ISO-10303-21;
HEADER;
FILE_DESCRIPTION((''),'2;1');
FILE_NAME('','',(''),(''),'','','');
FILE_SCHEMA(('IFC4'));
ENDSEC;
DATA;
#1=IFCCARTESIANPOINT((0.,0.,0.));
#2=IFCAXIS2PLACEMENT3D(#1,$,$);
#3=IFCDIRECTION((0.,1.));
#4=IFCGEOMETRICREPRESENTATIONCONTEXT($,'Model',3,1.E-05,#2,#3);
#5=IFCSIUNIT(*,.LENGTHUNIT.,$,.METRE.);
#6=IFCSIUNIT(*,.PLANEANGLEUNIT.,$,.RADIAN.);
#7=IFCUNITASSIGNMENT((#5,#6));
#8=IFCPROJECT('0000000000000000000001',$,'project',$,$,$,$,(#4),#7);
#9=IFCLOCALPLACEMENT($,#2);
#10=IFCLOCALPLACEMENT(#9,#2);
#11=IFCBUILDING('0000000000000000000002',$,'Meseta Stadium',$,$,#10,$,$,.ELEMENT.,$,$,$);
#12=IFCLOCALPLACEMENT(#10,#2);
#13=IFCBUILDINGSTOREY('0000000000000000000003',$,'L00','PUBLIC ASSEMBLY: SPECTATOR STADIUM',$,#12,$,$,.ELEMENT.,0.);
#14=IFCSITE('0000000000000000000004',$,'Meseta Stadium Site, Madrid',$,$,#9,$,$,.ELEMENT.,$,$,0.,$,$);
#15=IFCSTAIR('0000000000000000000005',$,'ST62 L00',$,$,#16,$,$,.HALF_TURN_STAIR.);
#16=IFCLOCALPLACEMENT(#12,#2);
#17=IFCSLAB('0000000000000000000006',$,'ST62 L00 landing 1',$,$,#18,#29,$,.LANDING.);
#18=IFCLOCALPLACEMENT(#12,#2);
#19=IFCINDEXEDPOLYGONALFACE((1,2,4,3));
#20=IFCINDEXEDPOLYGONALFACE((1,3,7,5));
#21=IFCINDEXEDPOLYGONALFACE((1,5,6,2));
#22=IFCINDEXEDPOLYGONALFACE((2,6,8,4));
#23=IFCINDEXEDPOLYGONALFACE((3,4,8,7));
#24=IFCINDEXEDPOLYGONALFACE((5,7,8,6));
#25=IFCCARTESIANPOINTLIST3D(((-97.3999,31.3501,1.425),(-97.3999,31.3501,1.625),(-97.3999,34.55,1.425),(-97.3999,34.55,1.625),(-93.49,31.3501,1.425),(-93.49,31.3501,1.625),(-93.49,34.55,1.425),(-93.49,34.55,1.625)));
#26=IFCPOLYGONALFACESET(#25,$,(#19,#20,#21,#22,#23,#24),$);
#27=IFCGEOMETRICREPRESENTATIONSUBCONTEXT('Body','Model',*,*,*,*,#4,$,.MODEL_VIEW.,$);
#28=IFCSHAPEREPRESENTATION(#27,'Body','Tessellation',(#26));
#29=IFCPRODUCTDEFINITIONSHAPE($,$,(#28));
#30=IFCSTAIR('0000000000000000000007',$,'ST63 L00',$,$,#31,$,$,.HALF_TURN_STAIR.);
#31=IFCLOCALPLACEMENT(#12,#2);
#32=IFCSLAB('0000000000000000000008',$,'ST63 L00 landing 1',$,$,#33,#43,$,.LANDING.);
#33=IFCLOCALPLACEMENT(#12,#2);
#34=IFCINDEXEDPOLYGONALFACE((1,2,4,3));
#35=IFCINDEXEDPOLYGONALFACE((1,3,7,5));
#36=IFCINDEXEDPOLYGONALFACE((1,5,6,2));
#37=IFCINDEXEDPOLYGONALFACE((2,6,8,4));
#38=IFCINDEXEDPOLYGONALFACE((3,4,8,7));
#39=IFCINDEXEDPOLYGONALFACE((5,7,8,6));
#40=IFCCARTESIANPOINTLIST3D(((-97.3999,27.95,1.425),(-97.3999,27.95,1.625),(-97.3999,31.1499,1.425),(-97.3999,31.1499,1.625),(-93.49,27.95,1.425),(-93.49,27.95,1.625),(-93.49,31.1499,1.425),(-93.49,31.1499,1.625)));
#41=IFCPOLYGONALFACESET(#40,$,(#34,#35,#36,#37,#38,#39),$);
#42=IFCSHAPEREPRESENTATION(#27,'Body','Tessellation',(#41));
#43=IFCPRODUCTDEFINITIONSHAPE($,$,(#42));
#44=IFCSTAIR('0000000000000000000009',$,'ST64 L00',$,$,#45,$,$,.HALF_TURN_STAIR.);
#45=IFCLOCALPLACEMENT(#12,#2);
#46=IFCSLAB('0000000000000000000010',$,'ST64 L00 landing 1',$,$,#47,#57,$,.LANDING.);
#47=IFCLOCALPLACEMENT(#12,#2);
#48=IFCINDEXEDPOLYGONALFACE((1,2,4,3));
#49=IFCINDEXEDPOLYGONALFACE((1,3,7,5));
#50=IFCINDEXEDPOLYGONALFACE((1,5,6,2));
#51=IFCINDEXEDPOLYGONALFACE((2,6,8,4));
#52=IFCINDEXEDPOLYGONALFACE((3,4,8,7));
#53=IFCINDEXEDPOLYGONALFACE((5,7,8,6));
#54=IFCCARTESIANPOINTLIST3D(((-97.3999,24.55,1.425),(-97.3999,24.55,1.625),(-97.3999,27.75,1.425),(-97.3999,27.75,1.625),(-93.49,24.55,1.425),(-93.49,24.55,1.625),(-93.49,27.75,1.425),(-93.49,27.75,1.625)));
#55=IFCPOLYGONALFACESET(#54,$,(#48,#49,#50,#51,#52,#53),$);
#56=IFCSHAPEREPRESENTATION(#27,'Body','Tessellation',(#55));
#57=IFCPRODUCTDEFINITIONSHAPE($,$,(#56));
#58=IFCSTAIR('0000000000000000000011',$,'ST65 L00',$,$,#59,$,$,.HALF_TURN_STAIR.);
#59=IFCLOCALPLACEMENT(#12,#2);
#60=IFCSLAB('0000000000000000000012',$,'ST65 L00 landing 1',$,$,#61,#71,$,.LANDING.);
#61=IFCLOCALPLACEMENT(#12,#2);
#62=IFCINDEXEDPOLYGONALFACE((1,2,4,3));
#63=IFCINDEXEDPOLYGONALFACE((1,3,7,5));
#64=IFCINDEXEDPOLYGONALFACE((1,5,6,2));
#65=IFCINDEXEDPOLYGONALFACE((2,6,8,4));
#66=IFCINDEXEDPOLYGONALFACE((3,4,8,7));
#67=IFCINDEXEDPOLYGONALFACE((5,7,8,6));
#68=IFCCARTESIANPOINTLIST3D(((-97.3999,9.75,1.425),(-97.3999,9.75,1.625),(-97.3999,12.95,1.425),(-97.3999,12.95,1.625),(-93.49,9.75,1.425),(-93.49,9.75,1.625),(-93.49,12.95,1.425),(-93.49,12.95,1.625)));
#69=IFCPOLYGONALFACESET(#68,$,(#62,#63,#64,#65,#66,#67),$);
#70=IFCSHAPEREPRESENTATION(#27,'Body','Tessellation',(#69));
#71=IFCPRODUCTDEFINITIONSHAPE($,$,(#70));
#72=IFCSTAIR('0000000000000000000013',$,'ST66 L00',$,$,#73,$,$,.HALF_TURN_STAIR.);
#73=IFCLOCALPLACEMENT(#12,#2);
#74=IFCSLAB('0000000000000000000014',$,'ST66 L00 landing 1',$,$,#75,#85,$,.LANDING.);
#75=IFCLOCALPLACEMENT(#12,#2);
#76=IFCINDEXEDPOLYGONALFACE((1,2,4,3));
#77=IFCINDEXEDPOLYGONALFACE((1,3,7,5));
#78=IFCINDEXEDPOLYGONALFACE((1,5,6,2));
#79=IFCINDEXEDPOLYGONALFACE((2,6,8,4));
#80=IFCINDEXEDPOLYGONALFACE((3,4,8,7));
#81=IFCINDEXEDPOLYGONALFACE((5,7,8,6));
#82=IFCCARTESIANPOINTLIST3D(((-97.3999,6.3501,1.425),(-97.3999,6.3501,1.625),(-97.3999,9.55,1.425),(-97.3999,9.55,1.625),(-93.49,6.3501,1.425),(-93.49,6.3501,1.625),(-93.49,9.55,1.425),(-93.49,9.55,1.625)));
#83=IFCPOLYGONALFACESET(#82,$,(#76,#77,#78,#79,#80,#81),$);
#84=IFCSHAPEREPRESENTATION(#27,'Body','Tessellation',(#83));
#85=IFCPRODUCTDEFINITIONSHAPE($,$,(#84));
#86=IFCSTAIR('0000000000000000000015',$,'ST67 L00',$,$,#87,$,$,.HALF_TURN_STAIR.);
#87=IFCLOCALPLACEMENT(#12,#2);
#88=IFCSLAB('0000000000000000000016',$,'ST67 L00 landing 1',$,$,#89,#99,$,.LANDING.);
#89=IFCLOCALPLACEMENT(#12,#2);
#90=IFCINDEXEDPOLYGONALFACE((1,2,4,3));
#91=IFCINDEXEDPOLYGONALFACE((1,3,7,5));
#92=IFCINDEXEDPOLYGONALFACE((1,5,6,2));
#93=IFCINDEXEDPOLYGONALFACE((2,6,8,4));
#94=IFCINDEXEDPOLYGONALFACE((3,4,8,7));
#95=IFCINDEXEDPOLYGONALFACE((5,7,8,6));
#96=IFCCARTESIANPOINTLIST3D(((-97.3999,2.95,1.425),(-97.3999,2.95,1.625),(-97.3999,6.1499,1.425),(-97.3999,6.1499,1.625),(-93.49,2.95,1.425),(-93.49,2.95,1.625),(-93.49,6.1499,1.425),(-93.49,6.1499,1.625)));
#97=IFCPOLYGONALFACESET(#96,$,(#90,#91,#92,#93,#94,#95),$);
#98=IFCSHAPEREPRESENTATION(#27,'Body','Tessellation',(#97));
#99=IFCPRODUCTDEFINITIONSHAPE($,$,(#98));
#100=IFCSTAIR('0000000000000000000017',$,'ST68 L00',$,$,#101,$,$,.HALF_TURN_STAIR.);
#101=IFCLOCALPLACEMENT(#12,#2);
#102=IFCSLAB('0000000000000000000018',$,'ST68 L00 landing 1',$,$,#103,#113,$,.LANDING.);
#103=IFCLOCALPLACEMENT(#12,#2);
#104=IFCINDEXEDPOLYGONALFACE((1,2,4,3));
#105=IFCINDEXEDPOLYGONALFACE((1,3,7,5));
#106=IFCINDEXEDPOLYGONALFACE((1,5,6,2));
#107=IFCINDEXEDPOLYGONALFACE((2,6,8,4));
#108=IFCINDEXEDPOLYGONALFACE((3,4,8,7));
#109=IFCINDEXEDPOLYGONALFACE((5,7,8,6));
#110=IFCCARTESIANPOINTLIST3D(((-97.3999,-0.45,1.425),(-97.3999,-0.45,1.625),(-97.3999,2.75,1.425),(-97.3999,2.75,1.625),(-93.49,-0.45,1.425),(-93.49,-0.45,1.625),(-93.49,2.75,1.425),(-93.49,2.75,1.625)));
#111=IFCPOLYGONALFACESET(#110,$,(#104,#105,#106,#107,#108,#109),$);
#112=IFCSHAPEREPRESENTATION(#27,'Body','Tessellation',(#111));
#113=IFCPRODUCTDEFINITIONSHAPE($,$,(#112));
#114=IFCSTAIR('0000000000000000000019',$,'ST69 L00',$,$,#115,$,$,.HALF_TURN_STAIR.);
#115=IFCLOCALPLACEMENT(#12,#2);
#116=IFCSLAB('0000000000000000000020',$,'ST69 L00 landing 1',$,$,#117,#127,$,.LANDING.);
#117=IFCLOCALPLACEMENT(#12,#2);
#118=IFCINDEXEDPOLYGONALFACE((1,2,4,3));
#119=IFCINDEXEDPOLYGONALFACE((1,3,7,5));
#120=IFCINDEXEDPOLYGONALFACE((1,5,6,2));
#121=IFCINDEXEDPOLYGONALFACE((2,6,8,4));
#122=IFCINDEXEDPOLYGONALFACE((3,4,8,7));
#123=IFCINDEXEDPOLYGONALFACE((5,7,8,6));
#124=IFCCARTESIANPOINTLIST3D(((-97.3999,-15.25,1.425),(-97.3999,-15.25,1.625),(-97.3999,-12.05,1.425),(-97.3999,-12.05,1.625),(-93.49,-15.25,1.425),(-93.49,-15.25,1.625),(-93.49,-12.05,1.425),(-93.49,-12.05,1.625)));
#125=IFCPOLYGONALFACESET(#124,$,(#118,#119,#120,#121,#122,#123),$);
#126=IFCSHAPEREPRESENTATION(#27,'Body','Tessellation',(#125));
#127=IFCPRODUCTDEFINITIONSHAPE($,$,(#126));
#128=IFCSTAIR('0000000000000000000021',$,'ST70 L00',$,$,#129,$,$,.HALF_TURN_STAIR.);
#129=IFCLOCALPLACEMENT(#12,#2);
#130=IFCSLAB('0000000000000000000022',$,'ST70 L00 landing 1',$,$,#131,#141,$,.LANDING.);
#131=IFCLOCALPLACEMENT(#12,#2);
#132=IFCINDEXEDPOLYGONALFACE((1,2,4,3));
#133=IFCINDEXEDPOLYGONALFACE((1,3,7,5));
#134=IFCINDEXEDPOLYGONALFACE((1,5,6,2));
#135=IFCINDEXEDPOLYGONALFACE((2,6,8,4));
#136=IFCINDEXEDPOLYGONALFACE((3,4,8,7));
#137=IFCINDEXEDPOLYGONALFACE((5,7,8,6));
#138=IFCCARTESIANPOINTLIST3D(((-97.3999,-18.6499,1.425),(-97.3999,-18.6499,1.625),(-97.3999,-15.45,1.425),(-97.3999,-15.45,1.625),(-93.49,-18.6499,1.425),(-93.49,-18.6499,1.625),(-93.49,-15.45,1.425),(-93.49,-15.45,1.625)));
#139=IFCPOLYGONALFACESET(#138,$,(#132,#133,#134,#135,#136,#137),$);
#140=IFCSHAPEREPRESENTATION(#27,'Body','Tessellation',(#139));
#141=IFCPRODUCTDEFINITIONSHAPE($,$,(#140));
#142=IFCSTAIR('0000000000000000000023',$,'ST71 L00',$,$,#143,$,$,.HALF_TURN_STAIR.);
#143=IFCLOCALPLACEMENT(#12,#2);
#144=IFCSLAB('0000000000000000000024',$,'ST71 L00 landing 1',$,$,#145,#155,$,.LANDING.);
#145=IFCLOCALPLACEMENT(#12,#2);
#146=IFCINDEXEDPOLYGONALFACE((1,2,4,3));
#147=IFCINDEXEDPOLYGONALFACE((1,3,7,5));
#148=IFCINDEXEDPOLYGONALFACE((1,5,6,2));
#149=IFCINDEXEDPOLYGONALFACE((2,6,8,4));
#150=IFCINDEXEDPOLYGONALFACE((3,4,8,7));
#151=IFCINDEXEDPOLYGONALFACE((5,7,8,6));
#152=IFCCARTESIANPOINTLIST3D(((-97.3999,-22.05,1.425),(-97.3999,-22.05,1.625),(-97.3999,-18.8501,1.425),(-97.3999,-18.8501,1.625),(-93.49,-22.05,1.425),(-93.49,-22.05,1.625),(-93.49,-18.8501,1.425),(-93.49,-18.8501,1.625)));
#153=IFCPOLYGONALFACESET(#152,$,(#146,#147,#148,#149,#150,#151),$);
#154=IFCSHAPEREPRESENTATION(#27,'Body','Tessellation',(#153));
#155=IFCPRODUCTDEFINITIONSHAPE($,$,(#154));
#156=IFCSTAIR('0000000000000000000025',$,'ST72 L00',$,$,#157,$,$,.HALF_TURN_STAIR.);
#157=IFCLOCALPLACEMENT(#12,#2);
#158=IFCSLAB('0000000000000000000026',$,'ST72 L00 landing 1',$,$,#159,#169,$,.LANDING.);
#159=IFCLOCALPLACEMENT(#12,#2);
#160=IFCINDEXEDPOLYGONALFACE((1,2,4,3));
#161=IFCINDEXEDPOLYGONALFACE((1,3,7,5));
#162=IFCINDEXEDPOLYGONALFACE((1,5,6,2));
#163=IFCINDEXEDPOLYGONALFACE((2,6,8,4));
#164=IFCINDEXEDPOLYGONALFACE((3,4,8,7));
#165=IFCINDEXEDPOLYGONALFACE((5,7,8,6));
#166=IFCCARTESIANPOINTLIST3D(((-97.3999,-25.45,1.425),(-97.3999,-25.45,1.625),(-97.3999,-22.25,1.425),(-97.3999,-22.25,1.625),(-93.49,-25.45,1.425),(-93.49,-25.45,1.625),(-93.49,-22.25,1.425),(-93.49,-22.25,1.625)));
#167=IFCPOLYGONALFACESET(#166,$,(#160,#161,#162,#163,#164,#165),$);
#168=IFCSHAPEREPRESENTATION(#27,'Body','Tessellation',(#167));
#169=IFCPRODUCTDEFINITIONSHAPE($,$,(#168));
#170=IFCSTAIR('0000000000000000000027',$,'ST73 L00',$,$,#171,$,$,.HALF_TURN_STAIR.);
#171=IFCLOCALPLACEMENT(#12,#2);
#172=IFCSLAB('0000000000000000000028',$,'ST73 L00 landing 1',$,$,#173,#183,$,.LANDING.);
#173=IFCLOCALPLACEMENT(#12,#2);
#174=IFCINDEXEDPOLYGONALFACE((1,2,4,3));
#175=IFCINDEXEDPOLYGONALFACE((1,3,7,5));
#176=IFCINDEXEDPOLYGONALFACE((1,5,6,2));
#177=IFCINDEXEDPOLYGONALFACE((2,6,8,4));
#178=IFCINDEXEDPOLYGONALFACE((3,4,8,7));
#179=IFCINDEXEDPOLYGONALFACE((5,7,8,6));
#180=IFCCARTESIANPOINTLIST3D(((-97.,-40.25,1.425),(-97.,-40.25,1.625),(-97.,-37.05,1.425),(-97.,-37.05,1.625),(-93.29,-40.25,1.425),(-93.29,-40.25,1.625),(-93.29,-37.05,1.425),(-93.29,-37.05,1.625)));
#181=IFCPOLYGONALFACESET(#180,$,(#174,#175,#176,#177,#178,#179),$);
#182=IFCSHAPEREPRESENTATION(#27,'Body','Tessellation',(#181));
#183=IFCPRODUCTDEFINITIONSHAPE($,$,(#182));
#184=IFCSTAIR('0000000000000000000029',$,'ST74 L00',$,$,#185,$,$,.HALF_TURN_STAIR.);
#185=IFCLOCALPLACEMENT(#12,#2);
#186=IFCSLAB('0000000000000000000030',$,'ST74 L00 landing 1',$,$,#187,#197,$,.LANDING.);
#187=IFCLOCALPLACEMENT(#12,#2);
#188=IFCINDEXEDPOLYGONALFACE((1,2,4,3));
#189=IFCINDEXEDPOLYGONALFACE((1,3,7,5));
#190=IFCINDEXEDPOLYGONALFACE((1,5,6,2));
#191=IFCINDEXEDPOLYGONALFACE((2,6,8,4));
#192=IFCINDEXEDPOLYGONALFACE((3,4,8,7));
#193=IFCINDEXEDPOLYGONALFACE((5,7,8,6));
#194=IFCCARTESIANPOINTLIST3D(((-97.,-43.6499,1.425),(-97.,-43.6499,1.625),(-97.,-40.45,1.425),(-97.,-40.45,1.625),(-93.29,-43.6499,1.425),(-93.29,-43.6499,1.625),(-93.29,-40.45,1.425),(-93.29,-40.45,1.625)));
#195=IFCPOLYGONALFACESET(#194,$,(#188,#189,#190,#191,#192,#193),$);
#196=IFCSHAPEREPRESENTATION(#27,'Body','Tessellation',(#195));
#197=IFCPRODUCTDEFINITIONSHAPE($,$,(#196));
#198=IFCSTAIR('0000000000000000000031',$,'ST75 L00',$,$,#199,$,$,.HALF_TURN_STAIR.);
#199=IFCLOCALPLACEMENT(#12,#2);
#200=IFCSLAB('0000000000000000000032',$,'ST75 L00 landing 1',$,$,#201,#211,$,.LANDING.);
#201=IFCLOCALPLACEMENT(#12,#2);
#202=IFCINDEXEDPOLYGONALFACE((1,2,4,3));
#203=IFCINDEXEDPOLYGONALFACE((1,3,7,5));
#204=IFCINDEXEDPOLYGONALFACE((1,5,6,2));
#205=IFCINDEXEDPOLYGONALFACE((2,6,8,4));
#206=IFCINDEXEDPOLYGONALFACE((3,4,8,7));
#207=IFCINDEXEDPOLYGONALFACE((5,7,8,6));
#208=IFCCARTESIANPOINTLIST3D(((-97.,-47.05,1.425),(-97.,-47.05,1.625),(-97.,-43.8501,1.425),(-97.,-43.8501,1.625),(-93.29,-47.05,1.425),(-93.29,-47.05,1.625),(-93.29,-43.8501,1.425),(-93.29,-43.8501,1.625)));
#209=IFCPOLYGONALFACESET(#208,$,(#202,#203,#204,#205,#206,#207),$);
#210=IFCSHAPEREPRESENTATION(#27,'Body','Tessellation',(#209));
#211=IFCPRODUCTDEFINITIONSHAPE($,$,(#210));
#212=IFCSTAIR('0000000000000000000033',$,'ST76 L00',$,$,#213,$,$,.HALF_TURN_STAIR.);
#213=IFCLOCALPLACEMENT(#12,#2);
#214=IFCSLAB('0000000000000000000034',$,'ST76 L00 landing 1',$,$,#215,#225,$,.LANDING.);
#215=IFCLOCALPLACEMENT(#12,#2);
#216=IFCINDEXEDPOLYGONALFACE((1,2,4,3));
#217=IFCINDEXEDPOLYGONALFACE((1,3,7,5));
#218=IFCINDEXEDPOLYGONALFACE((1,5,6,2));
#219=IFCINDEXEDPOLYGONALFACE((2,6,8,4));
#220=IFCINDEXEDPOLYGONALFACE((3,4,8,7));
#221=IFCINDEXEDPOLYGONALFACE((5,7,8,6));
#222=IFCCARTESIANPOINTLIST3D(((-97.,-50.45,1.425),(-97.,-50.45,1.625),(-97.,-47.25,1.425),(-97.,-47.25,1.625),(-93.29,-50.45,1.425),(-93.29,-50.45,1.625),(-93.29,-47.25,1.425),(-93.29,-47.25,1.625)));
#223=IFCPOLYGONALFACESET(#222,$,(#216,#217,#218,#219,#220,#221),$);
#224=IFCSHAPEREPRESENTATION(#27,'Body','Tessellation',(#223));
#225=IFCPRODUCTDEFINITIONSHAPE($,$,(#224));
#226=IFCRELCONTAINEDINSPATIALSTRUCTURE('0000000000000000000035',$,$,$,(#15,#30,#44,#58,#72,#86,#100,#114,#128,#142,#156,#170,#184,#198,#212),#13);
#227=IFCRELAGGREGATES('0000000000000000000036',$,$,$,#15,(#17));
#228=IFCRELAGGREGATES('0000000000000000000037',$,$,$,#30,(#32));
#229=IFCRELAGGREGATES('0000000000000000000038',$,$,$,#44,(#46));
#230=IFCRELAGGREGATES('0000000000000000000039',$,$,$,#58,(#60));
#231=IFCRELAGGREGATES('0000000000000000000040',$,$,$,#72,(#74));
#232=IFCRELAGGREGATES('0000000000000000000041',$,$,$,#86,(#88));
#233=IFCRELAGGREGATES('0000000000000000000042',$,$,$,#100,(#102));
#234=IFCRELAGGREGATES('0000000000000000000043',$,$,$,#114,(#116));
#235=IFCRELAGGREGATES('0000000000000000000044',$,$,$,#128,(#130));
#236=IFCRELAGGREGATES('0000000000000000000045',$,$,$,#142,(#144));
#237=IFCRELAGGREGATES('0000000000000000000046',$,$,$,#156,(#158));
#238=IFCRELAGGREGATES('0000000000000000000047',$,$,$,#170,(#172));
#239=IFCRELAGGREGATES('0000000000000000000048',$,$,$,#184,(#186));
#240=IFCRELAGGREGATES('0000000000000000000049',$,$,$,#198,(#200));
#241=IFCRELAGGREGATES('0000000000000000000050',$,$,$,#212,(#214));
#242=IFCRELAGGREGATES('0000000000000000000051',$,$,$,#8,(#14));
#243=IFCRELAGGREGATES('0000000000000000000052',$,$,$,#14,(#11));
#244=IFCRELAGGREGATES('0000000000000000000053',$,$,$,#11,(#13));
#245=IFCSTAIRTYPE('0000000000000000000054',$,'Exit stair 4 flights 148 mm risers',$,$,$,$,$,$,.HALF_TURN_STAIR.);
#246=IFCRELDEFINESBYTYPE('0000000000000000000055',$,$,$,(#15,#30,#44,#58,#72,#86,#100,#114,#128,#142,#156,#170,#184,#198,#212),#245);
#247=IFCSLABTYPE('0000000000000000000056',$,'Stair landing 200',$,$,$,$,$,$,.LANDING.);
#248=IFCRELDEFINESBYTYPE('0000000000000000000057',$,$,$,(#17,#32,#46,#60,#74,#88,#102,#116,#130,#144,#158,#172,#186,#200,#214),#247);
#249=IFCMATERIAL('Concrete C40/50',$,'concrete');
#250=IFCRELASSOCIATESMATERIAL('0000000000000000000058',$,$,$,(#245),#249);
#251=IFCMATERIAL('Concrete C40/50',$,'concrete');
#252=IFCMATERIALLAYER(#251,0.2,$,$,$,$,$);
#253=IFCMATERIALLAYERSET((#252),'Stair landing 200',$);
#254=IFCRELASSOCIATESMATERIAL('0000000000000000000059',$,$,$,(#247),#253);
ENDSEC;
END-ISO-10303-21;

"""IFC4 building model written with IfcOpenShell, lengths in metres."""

from ifc_helpers import new_model, si_unit, direction, frame, origin, place, context, subcontext, project, spatial, polyline, outline, extrude, material, layer, layer_set, type_object, element, aggregate, save


model = new_model("IFC4")

# Units and contexts
model_context = context("Model", 3, precision=1e-05, world=origin(), true_north=direction((0.0, 1.0)))
body_context = subcontext(model_context, "Body", "Model", "MODEL_VIEW")
ifc_project = project(units=[si_unit("LENGTHUNIT", "METRE"), si_unit("PLANEANGLEUNIT", "RADIAN")], contexts=[model_context])

# Site, building, storey
site_placement = place(None, origin())
site = spatial("IfcSite", under=ifc_project, at=site_placement, Name="Meseta Stadium Site, Madrid", CompositionType="ELEMENT", RefElevation=0.0)
building_placement = place(site_placement, origin())
building = spatial("IfcBuilding", under=site, at=building_placement, Name="Meseta Stadium", CompositionType="ELEMENT")
storey_placement = place(building_placement, origin())
storey = spatial("IfcBuildingStorey", under=building, at=storey_placement, Name="L00", Description="PUBLIC ASSEMBLY: SPECTATOR STADIUM", CompositionType="ELEMENT", Elevation=0.0)

# Stairs, slabs
ifc_material_1 = material(Name="Concrete C40/50", Category="concrete")
stair_type = type_object("IfcStairType", Name="Exit stair 4 flights 148 mm risers", PredefinedType="HALF_TURN_STAIR", material=ifc_material_1)
ifc_material_2 = material(Name="Concrete C40/50", Category="concrete")
ifc_layer = layer(ifc_material_2, 0.2)
ifc_layer_set = layer_set([ifc_layer], Name="Stair landing 200")
slab_type = type_object("IfcSlabType", Name="Stair landing 200", PredefinedType="LANDING", material=ifc_layer_set)
stair_1_placement = place(storey_placement, origin())
stair_1 = element("IfcStair", 1, at=stair_1_placement, inside=storey, type_object=stair_type, Name="ST62 L00", PredefinedType="HALF_TURN_STAIR")
slab_1_placement = place(storey_placement, frame((0.0, 0.0, 1.425)))
slab_1 = element("IfcSlab", 2, at=slab_1_placement, type_object=slab_type, Name="ST62 L00 landing 1", PredefinedType="LANDING", context=body_context, shape_type="SweptSolid", body=[
    extrude(outline(polyline([(-93.49, 34.55), (-97.3999, 34.55), (-97.3999, 31.3501), (-93.49, 31.3501), (-93.49, 34.55)])), origin(), (0.0, 0.0, 1.0), 0.2),
])
aggregate(stair_1, [slab_1])
stair_2_placement = place(storey_placement, origin())
stair_2 = element("IfcStair", 3, at=stair_2_placement, inside=storey, type_object=stair_type, Name="ST63 L00", PredefinedType="HALF_TURN_STAIR")
slab_2_placement = place(storey_placement, frame((0.0, 0.0, 1.425)))
slab_2 = element("IfcSlab", 4, at=slab_2_placement, type_object=slab_type, Name="ST63 L00 landing 1", PredefinedType="LANDING", context=body_context, shape_type="SweptSolid", body=[
    extrude(outline(polyline([(-93.49, 31.1499), (-97.3999, 31.1499), (-97.3999, 27.95), (-93.49, 27.95), (-93.49, 31.1499)])), origin(), (0.0, 0.0, 1.0), 0.2),
])
aggregate(stair_2, [slab_2])
stair_3_placement = place(storey_placement, origin())
stair_3 = element("IfcStair", 5, at=stair_3_placement, inside=storey, type_object=stair_type, Name="ST64 L00", PredefinedType="HALF_TURN_STAIR")
slab_3_placement = place(storey_placement, frame((0.0, 0.0, 1.425)))
slab_3 = element("IfcSlab", 6, at=slab_3_placement, type_object=slab_type, Name="ST64 L00 landing 1", PredefinedType="LANDING", context=body_context, shape_type="SweptSolid", body=[
    extrude(outline(polyline([(-93.49, 27.75), (-97.3999, 27.75), (-97.3999, 24.55), (-93.49, 24.55), (-93.49, 27.75)])), origin(), (0.0, 0.0, 1.0), 0.2),
])
aggregate(stair_3, [slab_3])
stair_4_placement = place(storey_placement, origin())
stair_4 = element("IfcStair", 7, at=stair_4_placement, inside=storey, type_object=stair_type, Name="ST65 L00", PredefinedType="HALF_TURN_STAIR")
slab_4_placement = place(storey_placement, frame((0.0, 0.0, 1.425)))
slab_4 = element("IfcSlab", 8, at=slab_4_placement, type_object=slab_type, Name="ST65 L00 landing 1", PredefinedType="LANDING", context=body_context, shape_type="SweptSolid", body=[
    extrude(outline(polyline([(-93.49, 12.95), (-97.3999, 12.95), (-97.3999, 9.75), (-93.49, 9.75), (-93.49, 12.95)])), origin(), (0.0, 0.0, 1.0), 0.2),
])
aggregate(stair_4, [slab_4])
stair_5_placement = place(storey_placement, origin())
stair_5 = element("IfcStair", 9, at=stair_5_placement, inside=storey, type_object=stair_type, Name="ST66 L00", PredefinedType="HALF_TURN_STAIR")
slab_5_placement = place(storey_placement, frame((0.0, 0.0, 1.425)))
slab_5 = element("IfcSlab", 10, at=slab_5_placement, type_object=slab_type, Name="ST66 L00 landing 1", PredefinedType="LANDING", context=body_context, shape_type="SweptSolid", body=[
    extrude(outline(polyline([(-93.49, 9.55), (-97.3999, 9.55), (-97.3999, 6.3501), (-93.49, 6.3501), (-93.49, 9.55)])), origin(), (0.0, 0.0, 1.0), 0.2),
])
aggregate(stair_5, [slab_5])
stair_6_placement = place(storey_placement, origin())
stair_6 = element("IfcStair", 11, at=stair_6_placement, inside=storey, type_object=stair_type, Name="ST67 L00", PredefinedType="HALF_TURN_STAIR")
slab_6_placement = place(storey_placement, frame((0.0, 0.0, 1.425)))
slab_6 = element("IfcSlab", 12, at=slab_6_placement, type_object=slab_type, Name="ST67 L00 landing 1", PredefinedType="LANDING", context=body_context, shape_type="SweptSolid", body=[
    extrude(outline(polyline([(-93.49, 6.1499), (-97.3999, 6.1499), (-97.3999, 2.95), (-93.49, 2.95), (-93.49, 6.1499)])), origin(), (0.0, 0.0, 1.0), 0.2),
])
aggregate(stair_6, [slab_6])
stair_7_placement = place(storey_placement, origin())
stair_7 = element("IfcStair", 13, at=stair_7_placement, inside=storey, type_object=stair_type, Name="ST68 L00", PredefinedType="HALF_TURN_STAIR")
slab_7_placement = place(storey_placement, frame((0.0, 0.0, 1.425)))
slab_7 = element("IfcSlab", 14, at=slab_7_placement, type_object=slab_type, Name="ST68 L00 landing 1", PredefinedType="LANDING", context=body_context, shape_type="SweptSolid", body=[
    extrude(outline(polyline([(-93.49, 2.75), (-97.3999, 2.75), (-97.3999, -0.45), (-93.49, -0.45), (-93.49, 2.75)])), origin(), (0.0, 0.0, 1.0), 0.2),
])
aggregate(stair_7, [slab_7])
stair_8_placement = place(storey_placement, origin())
stair_8 = element("IfcStair", 15, at=stair_8_placement, inside=storey, type_object=stair_type, Name="ST69 L00", PredefinedType="HALF_TURN_STAIR")
slab_8_placement = place(storey_placement, frame((0.0, 0.0, 1.425)))
slab_8 = element("IfcSlab", 16, at=slab_8_placement, type_object=slab_type, Name="ST69 L00 landing 1", PredefinedType="LANDING", context=body_context, shape_type="SweptSolid", body=[
    extrude(outline(polyline([(-93.49, -12.05), (-97.3999, -12.05), (-97.3999, -15.25), (-93.49, -15.25), (-93.49, -12.05)])), origin(), (0.0, 0.0, 1.0), 0.2),
])
aggregate(stair_8, [slab_8])
stair_9_placement = place(storey_placement, origin())
stair_9 = element("IfcStair", 17, at=stair_9_placement, inside=storey, type_object=stair_type, Name="ST70 L00", PredefinedType="HALF_TURN_STAIR")
slab_9_placement = place(storey_placement, frame((0.0, 0.0, 1.425)))
slab_9 = element("IfcSlab", 18, at=slab_9_placement, type_object=slab_type, Name="ST70 L00 landing 1", PredefinedType="LANDING", context=body_context, shape_type="SweptSolid", body=[
    extrude(outline(polyline([(-93.49, -15.45), (-97.3999, -15.45), (-97.3999, -18.6499), (-93.49, -18.6499), (-93.49, -15.45)])), origin(), (0.0, 0.0, 1.0), 0.2),
])
aggregate(stair_9, [slab_9])
stair_10_placement = place(storey_placement, origin())
stair_10 = element("IfcStair", 19, at=stair_10_placement, inside=storey, type_object=stair_type, Name="ST71 L00", PredefinedType="HALF_TURN_STAIR")
slab_10_placement = place(storey_placement, frame((0.0, 0.0, 1.425)))
slab_10 = element("IfcSlab", 20, at=slab_10_placement, type_object=slab_type, Name="ST71 L00 landing 1", PredefinedType="LANDING", context=body_context, shape_type="SweptSolid", body=[
    extrude(outline(polyline([(-93.49, -18.8501), (-97.3999, -18.8501), (-97.3999, -22.05), (-93.49, -22.05), (-93.49, -18.8501)])), origin(), (0.0, 0.0, 1.0), 0.2),
])
aggregate(stair_10, [slab_10])
stair_11_placement = place(storey_placement, origin())
stair_11 = element("IfcStair", 21, at=stair_11_placement, inside=storey, type_object=stair_type, Name="ST72 L00", PredefinedType="HALF_TURN_STAIR")
slab_11_placement = place(storey_placement, frame((0.0, 0.0, 1.425)))
slab_11 = element("IfcSlab", 22, at=slab_11_placement, type_object=slab_type, Name="ST72 L00 landing 1", PredefinedType="LANDING", context=body_context, shape_type="SweptSolid", body=[
    extrude(outline(polyline([(-93.49, -22.25), (-97.3999, -22.25), (-97.3999, -25.45), (-93.49, -25.45), (-93.49, -22.25)])), origin(), (0.0, 0.0, 1.0), 0.2),
])
aggregate(stair_11, [slab_11])
stair_12_placement = place(storey_placement, origin())
stair_12 = element("IfcStair", 23, at=stair_12_placement, inside=storey, type_object=stair_type, Name="ST73 L00", PredefinedType="HALF_TURN_STAIR")
slab_12_placement = place(storey_placement, frame((0.0, 0.0, 1.425)))
slab_12 = element("IfcSlab", 24, at=slab_12_placement, type_object=slab_type, Name="ST73 L00 landing 1", PredefinedType="LANDING", context=body_context, shape_type="SweptSolid", body=[
    extrude(outline(polyline([(-93.29, -37.05), (-97.0, -37.05), (-97.0, -40.25), (-93.29, -40.25), (-93.29, -37.05)])), origin(), (0.0, 0.0, 1.0), 0.2),
])
aggregate(stair_12, [slab_12])
stair_13_placement = place(storey_placement, origin())
stair_13 = element("IfcStair", 25, at=stair_13_placement, inside=storey, type_object=stair_type, Name="ST74 L00", PredefinedType="HALF_TURN_STAIR")
slab_13_placement = place(storey_placement, frame((0.0, 0.0, 1.425)))
slab_13 = element("IfcSlab", 26, at=slab_13_placement, type_object=slab_type, Name="ST74 L00 landing 1", PredefinedType="LANDING", context=body_context, shape_type="SweptSolid", body=[
    extrude(outline(polyline([(-93.29, -40.45), (-97.0, -40.45), (-97.0, -43.6499), (-93.29, -43.6499), (-93.29, -40.45)])), origin(), (0.0, 0.0, 1.0), 0.2),
])
aggregate(stair_13, [slab_13])
stair_14_placement = place(storey_placement, origin())
stair_14 = element("IfcStair", 27, at=stair_14_placement, inside=storey, type_object=stair_type, Name="ST75 L00", PredefinedType="HALF_TURN_STAIR")
slab_14_placement = place(storey_placement, frame((0.0, 0.0, 1.425)))
slab_14 = element("IfcSlab", 28, at=slab_14_placement, type_object=slab_type, Name="ST75 L00 landing 1", PredefinedType="LANDING", context=body_context, shape_type="SweptSolid", body=[
    extrude(outline(polyline([(-93.29, -43.8501), (-97.0, -43.8501), (-97.0, -47.05), (-93.29, -47.05), (-93.29, -43.8501)])), origin(), (0.0, 0.0, 1.0), 0.2),
])
aggregate(stair_14, [slab_14])
stair_15_placement = place(storey_placement, origin())
stair_15 = element("IfcStair", 29, at=stair_15_placement, inside=storey, type_object=stair_type, Name="ST76 L00", PredefinedType="HALF_TURN_STAIR")
slab_15_placement = place(storey_placement, frame((0.0, 0.0, 1.425)))
slab_15 = element("IfcSlab", 30, at=slab_15_placement, type_object=slab_type, Name="ST76 L00 landing 1", PredefinedType="LANDING", context=body_context, shape_type="SweptSolid", body=[
    extrude(outline(polyline([(-93.29, -47.25), (-97.0, -47.25), (-97.0, -50.45), (-93.29, -50.45), (-93.29, -47.25)])), origin(), (0.0, 0.0, 1.0), 0.2),
])
aggregate(stair_15, [slab_15])

save(model, "model.ifc")
